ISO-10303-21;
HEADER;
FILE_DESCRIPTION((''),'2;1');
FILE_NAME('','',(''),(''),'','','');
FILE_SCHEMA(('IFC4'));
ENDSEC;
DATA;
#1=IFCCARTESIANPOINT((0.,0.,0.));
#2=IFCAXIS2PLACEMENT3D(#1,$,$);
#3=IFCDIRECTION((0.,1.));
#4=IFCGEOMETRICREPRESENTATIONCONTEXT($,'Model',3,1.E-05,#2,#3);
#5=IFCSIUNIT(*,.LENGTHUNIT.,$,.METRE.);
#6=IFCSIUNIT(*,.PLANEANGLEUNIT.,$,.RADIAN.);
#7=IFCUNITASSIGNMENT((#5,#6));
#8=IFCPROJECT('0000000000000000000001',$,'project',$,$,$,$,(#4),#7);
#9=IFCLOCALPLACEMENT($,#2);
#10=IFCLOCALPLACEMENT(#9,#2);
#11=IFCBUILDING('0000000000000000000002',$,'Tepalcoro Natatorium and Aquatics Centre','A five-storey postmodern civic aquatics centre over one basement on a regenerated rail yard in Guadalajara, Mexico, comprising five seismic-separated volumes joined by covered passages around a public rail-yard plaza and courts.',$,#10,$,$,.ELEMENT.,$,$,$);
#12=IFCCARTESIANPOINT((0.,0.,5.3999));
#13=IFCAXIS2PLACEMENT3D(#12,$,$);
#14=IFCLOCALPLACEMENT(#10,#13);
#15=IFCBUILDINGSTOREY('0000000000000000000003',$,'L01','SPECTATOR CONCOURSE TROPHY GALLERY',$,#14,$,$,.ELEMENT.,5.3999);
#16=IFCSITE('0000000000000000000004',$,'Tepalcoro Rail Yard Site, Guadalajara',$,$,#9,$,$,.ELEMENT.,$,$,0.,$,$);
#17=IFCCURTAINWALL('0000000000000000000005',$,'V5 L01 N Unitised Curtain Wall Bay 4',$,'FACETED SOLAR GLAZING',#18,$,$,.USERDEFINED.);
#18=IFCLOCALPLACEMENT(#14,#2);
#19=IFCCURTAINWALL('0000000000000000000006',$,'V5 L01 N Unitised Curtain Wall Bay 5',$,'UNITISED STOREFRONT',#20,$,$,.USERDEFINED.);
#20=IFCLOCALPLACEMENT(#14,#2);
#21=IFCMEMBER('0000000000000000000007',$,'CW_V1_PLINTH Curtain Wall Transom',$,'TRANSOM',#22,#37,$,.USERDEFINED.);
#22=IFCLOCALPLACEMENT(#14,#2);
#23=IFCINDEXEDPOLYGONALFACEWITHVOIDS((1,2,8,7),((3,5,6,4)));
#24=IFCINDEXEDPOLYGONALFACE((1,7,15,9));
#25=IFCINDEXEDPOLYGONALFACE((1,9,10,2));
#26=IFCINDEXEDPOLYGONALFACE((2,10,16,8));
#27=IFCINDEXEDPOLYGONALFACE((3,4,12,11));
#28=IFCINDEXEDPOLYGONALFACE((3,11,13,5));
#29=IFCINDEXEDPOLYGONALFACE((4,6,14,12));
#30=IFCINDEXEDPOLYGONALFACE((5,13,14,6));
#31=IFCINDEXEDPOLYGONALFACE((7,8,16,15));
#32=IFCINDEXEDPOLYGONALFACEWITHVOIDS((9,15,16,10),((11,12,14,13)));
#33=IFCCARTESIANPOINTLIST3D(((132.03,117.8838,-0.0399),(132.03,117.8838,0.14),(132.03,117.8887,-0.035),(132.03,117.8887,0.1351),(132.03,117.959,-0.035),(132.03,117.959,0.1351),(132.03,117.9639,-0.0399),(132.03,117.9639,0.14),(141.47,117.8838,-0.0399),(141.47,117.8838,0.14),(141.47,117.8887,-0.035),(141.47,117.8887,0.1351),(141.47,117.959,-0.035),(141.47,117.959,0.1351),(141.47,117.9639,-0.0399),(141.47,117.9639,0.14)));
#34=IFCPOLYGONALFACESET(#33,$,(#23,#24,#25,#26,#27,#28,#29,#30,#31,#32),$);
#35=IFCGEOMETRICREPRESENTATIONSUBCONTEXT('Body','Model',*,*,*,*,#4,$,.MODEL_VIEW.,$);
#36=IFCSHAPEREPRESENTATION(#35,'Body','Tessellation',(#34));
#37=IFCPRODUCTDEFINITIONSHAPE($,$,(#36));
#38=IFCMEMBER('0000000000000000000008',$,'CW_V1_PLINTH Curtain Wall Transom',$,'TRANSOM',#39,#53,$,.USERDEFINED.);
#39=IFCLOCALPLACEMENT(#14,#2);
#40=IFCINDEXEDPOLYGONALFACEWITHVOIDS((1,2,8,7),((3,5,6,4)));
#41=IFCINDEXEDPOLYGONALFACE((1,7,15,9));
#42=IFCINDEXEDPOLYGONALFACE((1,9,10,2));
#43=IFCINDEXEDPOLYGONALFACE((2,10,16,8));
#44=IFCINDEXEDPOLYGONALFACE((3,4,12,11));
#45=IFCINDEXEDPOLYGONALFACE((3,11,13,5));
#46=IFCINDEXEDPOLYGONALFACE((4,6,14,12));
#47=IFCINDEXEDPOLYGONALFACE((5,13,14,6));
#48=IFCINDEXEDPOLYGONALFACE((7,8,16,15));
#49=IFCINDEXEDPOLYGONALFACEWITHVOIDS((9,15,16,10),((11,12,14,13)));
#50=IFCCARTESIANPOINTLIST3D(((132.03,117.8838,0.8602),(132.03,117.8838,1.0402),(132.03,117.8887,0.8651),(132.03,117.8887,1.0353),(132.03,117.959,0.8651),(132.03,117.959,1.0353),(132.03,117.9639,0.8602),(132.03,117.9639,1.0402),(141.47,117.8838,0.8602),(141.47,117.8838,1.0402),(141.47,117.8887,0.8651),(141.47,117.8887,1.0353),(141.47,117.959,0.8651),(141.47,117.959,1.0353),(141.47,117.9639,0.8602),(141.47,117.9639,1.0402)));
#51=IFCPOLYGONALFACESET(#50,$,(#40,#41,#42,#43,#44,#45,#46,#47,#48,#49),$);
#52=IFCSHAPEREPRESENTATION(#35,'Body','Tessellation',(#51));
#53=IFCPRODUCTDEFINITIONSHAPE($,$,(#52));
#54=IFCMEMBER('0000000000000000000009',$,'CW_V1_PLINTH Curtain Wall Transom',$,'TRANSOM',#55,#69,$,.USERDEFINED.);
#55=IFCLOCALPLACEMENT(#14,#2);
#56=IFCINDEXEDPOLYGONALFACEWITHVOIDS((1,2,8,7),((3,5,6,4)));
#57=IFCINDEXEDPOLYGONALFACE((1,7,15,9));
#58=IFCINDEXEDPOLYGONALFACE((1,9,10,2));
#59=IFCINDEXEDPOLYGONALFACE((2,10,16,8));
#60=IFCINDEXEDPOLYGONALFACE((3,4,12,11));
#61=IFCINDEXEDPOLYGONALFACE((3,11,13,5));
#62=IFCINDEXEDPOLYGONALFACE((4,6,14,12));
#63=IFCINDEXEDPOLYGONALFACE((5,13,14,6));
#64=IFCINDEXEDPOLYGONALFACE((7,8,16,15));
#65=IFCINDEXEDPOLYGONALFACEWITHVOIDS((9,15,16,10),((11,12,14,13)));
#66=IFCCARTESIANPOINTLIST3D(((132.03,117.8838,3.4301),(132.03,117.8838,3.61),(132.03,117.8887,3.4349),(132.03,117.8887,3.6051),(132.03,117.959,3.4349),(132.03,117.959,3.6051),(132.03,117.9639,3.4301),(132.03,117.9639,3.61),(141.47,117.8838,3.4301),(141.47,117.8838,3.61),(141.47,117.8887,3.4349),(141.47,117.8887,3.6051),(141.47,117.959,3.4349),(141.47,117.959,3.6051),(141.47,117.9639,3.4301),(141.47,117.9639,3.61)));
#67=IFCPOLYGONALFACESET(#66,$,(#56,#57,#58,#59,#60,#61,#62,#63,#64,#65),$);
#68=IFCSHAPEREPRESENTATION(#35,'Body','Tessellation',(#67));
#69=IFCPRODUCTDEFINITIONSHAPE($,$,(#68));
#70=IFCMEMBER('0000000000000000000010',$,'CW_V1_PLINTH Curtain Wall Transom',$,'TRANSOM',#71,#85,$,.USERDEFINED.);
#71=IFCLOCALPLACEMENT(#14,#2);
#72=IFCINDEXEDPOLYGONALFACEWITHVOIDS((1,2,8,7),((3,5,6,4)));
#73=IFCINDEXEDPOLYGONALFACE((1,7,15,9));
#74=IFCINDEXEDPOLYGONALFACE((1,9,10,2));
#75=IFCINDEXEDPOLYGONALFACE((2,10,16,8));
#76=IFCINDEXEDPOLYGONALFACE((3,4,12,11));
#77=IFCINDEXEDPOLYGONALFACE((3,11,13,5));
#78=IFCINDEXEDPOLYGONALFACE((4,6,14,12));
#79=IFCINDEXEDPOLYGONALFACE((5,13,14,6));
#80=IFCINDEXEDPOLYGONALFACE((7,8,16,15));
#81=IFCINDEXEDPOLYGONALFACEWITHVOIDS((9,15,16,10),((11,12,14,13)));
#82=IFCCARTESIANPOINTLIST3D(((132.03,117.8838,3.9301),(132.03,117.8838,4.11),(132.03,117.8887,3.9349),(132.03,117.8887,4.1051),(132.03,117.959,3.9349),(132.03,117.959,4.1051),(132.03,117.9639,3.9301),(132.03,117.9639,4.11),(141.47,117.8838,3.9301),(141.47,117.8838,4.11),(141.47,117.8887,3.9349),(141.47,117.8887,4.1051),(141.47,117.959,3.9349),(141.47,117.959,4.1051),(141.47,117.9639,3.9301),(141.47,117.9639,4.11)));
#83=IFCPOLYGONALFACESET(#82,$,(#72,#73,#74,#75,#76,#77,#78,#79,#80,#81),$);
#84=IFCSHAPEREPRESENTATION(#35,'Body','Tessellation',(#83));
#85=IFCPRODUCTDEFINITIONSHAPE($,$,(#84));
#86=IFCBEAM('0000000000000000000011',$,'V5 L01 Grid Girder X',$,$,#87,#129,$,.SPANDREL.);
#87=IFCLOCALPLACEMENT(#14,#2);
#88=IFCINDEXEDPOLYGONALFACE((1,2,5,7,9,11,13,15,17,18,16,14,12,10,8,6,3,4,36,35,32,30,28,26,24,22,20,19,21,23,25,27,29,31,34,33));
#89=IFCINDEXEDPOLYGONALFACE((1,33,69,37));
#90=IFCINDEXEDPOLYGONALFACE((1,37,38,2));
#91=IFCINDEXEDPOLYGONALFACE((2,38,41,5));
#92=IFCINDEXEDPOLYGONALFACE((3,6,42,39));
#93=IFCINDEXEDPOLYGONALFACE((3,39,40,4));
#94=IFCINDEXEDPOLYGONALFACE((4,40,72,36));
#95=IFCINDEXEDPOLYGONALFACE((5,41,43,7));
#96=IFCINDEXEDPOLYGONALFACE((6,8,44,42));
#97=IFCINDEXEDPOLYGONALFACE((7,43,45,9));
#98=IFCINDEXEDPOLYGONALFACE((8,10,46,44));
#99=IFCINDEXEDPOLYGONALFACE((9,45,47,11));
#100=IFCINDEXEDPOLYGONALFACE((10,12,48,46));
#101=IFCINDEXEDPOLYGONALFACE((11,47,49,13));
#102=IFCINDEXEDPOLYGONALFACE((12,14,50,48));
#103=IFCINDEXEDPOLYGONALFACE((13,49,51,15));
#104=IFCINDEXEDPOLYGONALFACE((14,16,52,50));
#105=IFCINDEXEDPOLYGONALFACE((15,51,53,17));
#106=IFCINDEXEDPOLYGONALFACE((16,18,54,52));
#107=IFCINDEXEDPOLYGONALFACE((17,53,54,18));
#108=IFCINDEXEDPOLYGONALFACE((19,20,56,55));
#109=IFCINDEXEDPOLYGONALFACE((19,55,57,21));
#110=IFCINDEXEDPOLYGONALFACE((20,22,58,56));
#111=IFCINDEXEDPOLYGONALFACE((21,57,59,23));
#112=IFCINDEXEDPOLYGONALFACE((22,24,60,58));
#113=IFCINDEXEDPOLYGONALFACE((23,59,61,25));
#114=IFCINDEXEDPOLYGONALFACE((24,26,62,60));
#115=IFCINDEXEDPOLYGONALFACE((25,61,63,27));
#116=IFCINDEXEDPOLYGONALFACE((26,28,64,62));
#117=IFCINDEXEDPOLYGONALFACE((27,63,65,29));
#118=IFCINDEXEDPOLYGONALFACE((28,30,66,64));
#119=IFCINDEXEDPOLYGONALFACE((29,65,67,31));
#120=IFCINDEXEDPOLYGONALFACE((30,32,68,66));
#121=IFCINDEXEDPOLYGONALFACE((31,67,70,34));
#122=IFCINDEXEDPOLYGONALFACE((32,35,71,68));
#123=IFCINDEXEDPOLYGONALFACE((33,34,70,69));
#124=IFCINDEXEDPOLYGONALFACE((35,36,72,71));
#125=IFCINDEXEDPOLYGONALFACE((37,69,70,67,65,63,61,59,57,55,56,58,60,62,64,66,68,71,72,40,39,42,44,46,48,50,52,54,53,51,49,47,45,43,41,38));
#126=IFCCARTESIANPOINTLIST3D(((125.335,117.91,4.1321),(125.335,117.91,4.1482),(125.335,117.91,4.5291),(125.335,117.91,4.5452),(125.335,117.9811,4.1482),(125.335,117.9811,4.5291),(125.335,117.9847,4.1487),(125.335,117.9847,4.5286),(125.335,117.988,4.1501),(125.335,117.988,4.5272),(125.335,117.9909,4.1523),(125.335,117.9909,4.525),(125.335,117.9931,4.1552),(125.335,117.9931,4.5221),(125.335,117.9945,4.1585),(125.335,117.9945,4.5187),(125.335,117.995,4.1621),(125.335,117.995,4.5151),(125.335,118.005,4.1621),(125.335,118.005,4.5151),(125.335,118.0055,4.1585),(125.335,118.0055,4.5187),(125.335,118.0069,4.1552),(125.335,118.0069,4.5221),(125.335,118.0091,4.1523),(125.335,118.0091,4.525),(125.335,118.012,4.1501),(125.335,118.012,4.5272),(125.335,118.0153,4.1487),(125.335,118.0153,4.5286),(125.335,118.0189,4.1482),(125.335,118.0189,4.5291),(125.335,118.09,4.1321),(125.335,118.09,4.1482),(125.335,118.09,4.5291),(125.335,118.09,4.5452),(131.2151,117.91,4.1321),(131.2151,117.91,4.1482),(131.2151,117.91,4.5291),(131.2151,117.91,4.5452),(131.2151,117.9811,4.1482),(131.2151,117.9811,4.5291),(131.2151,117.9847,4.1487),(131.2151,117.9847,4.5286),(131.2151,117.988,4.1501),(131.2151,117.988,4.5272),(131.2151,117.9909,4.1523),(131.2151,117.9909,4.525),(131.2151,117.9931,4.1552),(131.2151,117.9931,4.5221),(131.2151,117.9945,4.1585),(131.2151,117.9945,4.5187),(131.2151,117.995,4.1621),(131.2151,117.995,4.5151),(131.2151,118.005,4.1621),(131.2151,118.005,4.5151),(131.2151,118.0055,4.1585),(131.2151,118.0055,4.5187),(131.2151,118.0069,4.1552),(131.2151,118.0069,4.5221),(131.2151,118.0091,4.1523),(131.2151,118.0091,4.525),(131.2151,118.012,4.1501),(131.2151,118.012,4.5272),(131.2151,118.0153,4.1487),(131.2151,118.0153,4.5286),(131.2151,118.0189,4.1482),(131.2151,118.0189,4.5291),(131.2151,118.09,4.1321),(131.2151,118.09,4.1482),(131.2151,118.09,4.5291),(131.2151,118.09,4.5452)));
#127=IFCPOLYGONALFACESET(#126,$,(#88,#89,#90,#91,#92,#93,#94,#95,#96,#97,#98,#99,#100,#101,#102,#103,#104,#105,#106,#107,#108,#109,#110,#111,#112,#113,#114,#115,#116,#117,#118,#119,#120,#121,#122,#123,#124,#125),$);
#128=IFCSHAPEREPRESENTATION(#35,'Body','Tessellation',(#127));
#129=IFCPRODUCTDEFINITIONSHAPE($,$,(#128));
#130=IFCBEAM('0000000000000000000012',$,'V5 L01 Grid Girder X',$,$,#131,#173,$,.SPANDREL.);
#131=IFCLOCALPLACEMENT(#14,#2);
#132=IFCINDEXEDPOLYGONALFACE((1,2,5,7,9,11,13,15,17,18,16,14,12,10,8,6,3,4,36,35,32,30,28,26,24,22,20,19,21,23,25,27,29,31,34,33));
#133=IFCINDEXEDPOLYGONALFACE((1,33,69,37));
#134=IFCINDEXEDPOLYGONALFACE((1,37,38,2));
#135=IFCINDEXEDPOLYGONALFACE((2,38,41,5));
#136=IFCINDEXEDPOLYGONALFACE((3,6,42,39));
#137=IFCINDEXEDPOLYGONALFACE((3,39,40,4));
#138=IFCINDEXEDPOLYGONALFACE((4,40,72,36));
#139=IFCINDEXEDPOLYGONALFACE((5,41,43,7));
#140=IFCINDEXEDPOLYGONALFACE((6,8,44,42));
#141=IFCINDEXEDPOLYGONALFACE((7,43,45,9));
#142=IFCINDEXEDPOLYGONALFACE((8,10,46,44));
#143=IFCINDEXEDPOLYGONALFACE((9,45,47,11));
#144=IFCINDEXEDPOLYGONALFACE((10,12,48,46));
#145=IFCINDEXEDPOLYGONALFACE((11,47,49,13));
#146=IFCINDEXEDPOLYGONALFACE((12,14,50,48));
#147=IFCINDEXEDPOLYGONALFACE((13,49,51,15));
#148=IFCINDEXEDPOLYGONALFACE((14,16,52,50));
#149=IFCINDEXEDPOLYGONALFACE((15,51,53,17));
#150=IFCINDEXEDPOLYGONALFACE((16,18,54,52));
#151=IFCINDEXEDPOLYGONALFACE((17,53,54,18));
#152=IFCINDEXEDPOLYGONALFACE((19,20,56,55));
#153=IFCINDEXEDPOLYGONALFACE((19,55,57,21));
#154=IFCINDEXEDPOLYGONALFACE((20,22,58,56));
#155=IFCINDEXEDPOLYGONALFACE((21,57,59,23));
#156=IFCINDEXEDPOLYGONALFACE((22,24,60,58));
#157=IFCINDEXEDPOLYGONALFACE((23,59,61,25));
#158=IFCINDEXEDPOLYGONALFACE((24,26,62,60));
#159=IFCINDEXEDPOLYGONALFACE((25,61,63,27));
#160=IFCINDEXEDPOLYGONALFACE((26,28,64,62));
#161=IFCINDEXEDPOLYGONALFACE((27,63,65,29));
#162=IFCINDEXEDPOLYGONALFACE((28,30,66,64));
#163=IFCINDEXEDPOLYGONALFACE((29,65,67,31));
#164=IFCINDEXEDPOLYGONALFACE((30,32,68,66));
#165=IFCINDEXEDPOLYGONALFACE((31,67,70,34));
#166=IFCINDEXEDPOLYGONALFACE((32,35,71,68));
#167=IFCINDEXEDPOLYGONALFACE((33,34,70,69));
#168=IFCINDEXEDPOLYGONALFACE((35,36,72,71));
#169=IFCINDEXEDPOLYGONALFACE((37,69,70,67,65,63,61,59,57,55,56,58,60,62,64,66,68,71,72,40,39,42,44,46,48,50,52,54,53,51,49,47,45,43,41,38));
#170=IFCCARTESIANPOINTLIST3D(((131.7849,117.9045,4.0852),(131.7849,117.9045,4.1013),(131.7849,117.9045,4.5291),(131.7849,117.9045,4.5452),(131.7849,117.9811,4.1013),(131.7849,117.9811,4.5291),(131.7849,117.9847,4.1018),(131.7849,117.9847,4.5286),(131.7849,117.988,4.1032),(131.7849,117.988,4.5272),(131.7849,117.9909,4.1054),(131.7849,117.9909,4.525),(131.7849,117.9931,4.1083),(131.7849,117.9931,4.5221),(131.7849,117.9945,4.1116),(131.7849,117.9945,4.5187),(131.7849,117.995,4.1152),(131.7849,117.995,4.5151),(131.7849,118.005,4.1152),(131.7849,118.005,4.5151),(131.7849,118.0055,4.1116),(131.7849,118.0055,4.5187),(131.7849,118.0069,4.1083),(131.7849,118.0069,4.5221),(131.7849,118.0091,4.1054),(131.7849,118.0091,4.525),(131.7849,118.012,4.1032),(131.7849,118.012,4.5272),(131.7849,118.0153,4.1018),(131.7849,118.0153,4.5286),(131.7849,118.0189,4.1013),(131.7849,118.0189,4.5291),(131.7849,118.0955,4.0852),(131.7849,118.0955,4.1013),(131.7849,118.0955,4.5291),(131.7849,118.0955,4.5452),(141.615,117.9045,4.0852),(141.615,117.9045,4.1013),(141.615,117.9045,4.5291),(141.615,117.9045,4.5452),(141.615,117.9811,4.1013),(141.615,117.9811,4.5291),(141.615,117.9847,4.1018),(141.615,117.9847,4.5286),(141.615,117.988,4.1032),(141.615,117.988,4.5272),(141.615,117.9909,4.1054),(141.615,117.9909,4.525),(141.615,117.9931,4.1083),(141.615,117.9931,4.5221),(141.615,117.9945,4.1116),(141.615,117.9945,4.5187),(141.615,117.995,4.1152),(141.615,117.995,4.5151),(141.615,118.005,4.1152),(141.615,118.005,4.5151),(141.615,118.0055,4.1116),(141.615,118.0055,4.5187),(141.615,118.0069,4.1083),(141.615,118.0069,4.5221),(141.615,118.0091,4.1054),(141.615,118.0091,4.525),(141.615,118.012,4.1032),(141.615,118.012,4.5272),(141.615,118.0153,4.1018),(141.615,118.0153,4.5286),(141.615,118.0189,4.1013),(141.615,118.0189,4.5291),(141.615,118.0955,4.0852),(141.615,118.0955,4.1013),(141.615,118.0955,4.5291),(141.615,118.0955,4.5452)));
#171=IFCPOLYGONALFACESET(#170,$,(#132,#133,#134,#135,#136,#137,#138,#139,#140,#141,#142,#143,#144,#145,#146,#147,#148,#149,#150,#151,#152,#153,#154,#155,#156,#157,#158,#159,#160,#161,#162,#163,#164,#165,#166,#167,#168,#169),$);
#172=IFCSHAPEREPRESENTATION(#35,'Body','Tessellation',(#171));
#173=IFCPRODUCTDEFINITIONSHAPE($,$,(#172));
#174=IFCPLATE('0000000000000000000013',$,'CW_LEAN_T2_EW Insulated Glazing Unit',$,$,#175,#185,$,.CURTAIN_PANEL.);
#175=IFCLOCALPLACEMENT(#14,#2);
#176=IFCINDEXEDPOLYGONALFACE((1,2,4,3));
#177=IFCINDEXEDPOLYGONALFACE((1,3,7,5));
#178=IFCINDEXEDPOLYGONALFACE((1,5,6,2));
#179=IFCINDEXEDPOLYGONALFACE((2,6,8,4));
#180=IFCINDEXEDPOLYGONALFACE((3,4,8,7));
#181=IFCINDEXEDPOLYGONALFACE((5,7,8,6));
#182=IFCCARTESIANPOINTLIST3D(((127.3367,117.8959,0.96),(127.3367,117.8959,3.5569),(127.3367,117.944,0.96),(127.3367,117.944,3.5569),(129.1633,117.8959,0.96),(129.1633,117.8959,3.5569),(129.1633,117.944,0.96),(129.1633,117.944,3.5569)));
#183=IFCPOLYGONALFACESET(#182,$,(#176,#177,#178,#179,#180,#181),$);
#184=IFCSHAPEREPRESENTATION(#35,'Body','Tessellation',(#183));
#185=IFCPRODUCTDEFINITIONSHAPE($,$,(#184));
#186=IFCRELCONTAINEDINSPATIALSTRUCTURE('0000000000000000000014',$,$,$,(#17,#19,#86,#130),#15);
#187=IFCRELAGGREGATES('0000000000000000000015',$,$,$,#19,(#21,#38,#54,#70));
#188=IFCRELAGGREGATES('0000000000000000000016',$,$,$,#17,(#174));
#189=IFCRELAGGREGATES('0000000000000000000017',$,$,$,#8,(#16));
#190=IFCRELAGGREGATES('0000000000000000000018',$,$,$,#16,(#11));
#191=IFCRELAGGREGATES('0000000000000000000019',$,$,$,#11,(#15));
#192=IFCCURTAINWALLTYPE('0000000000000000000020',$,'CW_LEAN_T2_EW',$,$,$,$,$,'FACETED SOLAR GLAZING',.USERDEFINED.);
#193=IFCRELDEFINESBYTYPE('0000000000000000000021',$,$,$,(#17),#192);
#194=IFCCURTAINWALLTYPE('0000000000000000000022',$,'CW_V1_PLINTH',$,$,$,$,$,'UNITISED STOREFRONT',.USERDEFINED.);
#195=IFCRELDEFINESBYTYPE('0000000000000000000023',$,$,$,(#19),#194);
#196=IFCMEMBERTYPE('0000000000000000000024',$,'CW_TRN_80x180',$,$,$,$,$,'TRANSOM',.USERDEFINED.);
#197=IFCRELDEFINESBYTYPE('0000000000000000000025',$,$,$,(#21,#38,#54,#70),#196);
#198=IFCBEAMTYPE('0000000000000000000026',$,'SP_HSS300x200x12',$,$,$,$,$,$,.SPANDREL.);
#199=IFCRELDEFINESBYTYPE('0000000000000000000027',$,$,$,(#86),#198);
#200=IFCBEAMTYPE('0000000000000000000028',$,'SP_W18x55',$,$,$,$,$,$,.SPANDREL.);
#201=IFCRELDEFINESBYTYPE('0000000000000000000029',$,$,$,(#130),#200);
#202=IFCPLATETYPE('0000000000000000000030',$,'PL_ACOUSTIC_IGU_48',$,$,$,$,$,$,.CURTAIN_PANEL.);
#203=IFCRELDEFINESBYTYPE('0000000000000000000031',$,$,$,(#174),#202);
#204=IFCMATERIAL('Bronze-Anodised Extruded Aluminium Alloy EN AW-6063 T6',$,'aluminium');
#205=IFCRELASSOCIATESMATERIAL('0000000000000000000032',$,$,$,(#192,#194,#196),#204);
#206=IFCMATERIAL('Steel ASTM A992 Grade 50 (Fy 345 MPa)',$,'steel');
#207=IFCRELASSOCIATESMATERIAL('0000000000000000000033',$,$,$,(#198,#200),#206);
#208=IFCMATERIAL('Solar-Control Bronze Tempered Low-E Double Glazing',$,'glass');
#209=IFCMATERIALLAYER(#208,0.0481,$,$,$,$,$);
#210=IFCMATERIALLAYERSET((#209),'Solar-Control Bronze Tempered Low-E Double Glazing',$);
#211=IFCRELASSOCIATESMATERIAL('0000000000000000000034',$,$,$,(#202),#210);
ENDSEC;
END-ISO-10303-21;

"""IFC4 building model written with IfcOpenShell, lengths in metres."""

from ifc_helpers import new_model, si_unit, direction, frame, origin, origin_2d, place, context, subcontext, project, spatial, rectangle, hollow_rectangle, i_section, extrude, material, layer, layer_set, material_profile, profile_set, type_object, element, aggregate, save


model = new_model("IFC4")

# Units and contexts
model_context = context("Model", 3, precision=1e-05, world=origin(), true_north=direction((0.0, 1.0)))
body_context = subcontext(model_context, "Body", "Model", "MODEL_VIEW")
ifc_project = project(units=[si_unit("LENGTHUNIT", "METRE"), si_unit("PLANEANGLEUNIT", "RADIAN")], contexts=[model_context])

# Site, building, storey
site_placement = place(None, origin())
site = spatial("IfcSite", under=ifc_project, at=site_placement, Name="Tepalcoro Rail Yard Site, Guadalajara", CompositionType="ELEMENT", RefElevation=0.0)
building_placement = place(site_placement, origin())
building = spatial("IfcBuilding", under=site, at=building_placement, Name="Tepalcoro Natatorium and Aquatics Centre", Description="A five-storey postmodern civic aquatics centre over one basement on a regenerated rail yard in Guadalajara, Mexico, comprising five seismic-separated volumes joined by covered passages around a public rail-yard plaza and courts.", CompositionType="ELEMENT")
storey_placement = place(building_placement, frame((0.0, 0.0, 5.3999)))
storey = spatial("IfcBuildingStorey", under=building, at=storey_placement, Name="L01", Description="SPECTATOR CONCOURSE TROPHY GALLERY", CompositionType="ELEMENT", Elevation=5.3999)

# Curtain walls
ifc_material_1 = material(Name="Bronze-Anodised Extruded Aluminium Alloy EN AW-6063 T6", Category="aluminium")
curtain_wall_type_1 = type_object("IfcCurtainWallType", Name="CW_LEAN_T2_EW", ElementType="FACETED SOLAR GLAZING", PredefinedType="USERDEFINED", material=ifc_material_1)
curtain_wall_1_placement = place(storey_placement, origin())
curtain_wall_1 = element("IfcCurtainWall", 1, at=curtain_wall_1_placement, inside=storey, type_object=curtain_wall_type_1, Name="V5 L01 N Unitised Curtain Wall Bay 4", ObjectType="FACETED SOLAR GLAZING", PredefinedType="USERDEFINED")
curtain_wall_type_2 = type_object("IfcCurtainWallType", Name="CW_V1_PLINTH", ElementType="UNITISED STOREFRONT", PredefinedType="USERDEFINED", material=ifc_material_1)
curtain_wall_2_placement = place(storey_placement, origin())
curtain_wall_2 = element("IfcCurtainWall", 2, at=curtain_wall_2_placement, inside=storey, type_object=curtain_wall_type_2, Name="V5 L01 N Unitised Curtain Wall Bay 5", ObjectType="UNITISED STOREFRONT", PredefinedType="USERDEFINED")

# Members
ifc_material_profile_1 = material_profile(ifc_material_1, hollow_rectangle(XDim=0.0801, YDim=0.1799, WallThickness=0.0049, at=origin_2d()), Name="AL80X180X5")
ifc_profile_set_1 = profile_set([ifc_material_profile_1], Name="Bronze-Anodised Extruded Aluminium Alloy EN AW-6063 T6")
member_type_1 = type_object("IfcMemberType", Name="CW_TRN_80x180", ElementType="TRANSOM", PredefinedType="USERDEFINED", material=ifc_profile_set_1)
member_1_placement = place(storey_placement, frame((132.03, 117.9238, 0.05), z_axis=(1.0, 0.0, 0.0), x_axis=(0.0, 1.0, 0.0)))
member_1 = element("IfcMember", 3, at=member_1_placement, type_object=member_type_1, Name="CW_V1_PLINTH Curtain Wall Transom", ObjectType="TRANSOM", PredefinedType="USERDEFINED", context=body_context, shape_type="SweptSolid", body=[
    extrude(hollow_rectangle(XDim=0.0801, YDim=0.1799, WallThickness=0.0049, at=origin_2d()), origin(), (0.0, 0.0, 1.0), 9.4399),
])
member_2_placement = place(storey_placement, frame((132.03, 117.9238, 0.9502), z_axis=(1.0, 0.0, 0.0), x_axis=(0.0, 1.0, 0.0)))
member_2 = element("IfcMember", 4, at=member_2_placement, type_object=member_type_1, Name="CW_V1_PLINTH Curtain Wall Transom", ObjectType="TRANSOM", PredefinedType="USERDEFINED", context=body_context, shape_type="SweptSolid", body=[
    extrude(hollow_rectangle(XDim=0.0801, YDim=0.1799, WallThickness=0.0049, at=origin_2d()), origin(), (0.0, 0.0, 1.0), 9.4399),
])
member_3_placement = place(storey_placement, frame((132.03, 117.9238, 3.52), z_axis=(1.0, 0.0, 0.0), x_axis=(0.0, 1.0, 0.0)))
member_3 = element("IfcMember", 5, at=member_3_placement, type_object=member_type_1, Name="CW_V1_PLINTH Curtain Wall Transom", ObjectType="TRANSOM", PredefinedType="USERDEFINED", context=body_context, shape_type="SweptSolid", body=[
    extrude(hollow_rectangle(XDim=0.0801, YDim=0.1799, WallThickness=0.0049, at=origin_2d()), origin(), (0.0, 0.0, 1.0), 9.4399),
])
member_4_placement = place(storey_placement, frame((132.03, 117.9238, 4.02), z_axis=(1.0, 0.0, 0.0), x_axis=(0.0, 1.0, 0.0)))
member_4 = element("IfcMember", 6, at=member_4_placement, type_object=member_type_1, Name="CW_V1_PLINTH Curtain Wall Transom", ObjectType="TRANSOM", PredefinedType="USERDEFINED", context=body_context, shape_type="SweptSolid", body=[
    extrude(hollow_rectangle(XDim=0.0801, YDim=0.1799, WallThickness=0.0049, at=origin_2d()), origin(), (0.0, 0.0, 1.0), 9.4399),
])

# Beams
ifc_material_2 = material(Name="Steel ASTM A992 Grade 50 (Fy 345 MPa)", Category="steel")
ifc_material_profile_2 = material_profile(ifc_material_2, i_section(OverallWidth=0.1799, OverallDepth=0.4131, WebThickness=0.01, FlangeThickness=0.0161, FilletRadius=0.0139, at=origin_2d()), Name="W16X50")
ifc_profile_set_2 = profile_set([ifc_material_profile_2], Name="Steel ASTM A992 Grade 50 (Fy 345 MPa)")
beam_type_1 = type_object("IfcBeamType", Name="SP_HSS300x200x12", PredefinedType="SPANDREL", material=ifc_profile_set_2)
beam_1_placement = place(storey_placement, frame((125.335, 118.0, 4.3386), z_axis=(1.0, 0.0, 0.0), x_axis=(0.0, 1.0, 0.0)))
element("IfcBeam", 7, at=beam_1_placement, inside=storey, type_object=beam_type_1, Name="V5 L01 Grid Girder X", PredefinedType="SPANDREL", context=body_context, shape_type="SweptSolid", body=[
    extrude(i_section(OverallWidth=0.1799, OverallDepth=0.4131, WebThickness=0.01, FlangeThickness=0.0161, FilletRadius=0.0139, at=origin_2d()), origin(), (0.0, 0.0, 1.0), 5.8801),
])
ifc_material_profile_3 = material_profile(ifc_material_2, i_section(OverallWidth=0.1909, OverallDepth=0.46, WebThickness=0.01, FlangeThickness=0.0161, FilletRadius=0.0139, at=origin_2d()), Name="W18X55")
ifc_profile_set_3 = profile_set([ifc_material_profile_3], Name="Steel ASTM A992 Grade 50 (Fy 345 MPa)")
beam_type_2 = type_object("IfcBeamType", Name="SP_W18x55", PredefinedType="SPANDREL", material=ifc_profile_set_3)
beam_2_placement = place(storey_placement, frame((131.7849, 118.0, 4.3152), z_axis=(1.0, 0.0, 0.0), x_axis=(0.0, 1.0, 0.0)))
element("IfcBeam", 8, at=beam_2_placement, inside=storey, type_object=beam_type_2, Name="V5 L01 Grid Girder X", PredefinedType="SPANDREL", context=body_context, shape_type="SweptSolid", body=[
    extrude(i_section(OverallWidth=0.1909, OverallDepth=0.46, WebThickness=0.01, FlangeThickness=0.0161, FilletRadius=0.0139, at=origin_2d()), origin(), (0.0, 0.0, 1.0), 9.8301),
])

# Plate
ifc_material_3 = material(Name="Solar-Control Bronze Tempered Low-E Double Glazing", Category="glass")
ifc_layer_1 = layer(ifc_material_3, 0.0481)
ifc_layer_set_1 = layer_set([ifc_layer_1], Name="Solar-Control Bronze Tempered Low-E Double Glazing")
plate_type_1 = type_object("IfcPlateType", Name="PL_ACOUSTIC_IGU_48", PredefinedType="CURTAIN_PANEL", material=ifc_layer_set_1)
plate_1_placement = place(storey_placement, frame((128.25, 117.9199, 0.96), z_axis=(0.0, 0.0, 1.0), x_axis=(1.0, 0.0, 0.0)))
plate_1 = element("IfcPlate", 9, at=plate_1_placement, type_object=plate_type_1, Name="CW_LEAN_T2_EW Insulated Glazing Unit", PredefinedType="CURTAIN_PANEL", context=body_context, shape_type="SweptSolid", body=[
    extrude(rectangle(XDim=1.8267, YDim=0.0481, at=origin_2d()), origin(), (0.0, 0.0, 1.0), 2.5969),
])
aggregate(curtain_wall_2, [member_1, member_2, member_3, member_4])
aggregate(curtain_wall_1, [plate_1])

save(model, "model.ifc")
